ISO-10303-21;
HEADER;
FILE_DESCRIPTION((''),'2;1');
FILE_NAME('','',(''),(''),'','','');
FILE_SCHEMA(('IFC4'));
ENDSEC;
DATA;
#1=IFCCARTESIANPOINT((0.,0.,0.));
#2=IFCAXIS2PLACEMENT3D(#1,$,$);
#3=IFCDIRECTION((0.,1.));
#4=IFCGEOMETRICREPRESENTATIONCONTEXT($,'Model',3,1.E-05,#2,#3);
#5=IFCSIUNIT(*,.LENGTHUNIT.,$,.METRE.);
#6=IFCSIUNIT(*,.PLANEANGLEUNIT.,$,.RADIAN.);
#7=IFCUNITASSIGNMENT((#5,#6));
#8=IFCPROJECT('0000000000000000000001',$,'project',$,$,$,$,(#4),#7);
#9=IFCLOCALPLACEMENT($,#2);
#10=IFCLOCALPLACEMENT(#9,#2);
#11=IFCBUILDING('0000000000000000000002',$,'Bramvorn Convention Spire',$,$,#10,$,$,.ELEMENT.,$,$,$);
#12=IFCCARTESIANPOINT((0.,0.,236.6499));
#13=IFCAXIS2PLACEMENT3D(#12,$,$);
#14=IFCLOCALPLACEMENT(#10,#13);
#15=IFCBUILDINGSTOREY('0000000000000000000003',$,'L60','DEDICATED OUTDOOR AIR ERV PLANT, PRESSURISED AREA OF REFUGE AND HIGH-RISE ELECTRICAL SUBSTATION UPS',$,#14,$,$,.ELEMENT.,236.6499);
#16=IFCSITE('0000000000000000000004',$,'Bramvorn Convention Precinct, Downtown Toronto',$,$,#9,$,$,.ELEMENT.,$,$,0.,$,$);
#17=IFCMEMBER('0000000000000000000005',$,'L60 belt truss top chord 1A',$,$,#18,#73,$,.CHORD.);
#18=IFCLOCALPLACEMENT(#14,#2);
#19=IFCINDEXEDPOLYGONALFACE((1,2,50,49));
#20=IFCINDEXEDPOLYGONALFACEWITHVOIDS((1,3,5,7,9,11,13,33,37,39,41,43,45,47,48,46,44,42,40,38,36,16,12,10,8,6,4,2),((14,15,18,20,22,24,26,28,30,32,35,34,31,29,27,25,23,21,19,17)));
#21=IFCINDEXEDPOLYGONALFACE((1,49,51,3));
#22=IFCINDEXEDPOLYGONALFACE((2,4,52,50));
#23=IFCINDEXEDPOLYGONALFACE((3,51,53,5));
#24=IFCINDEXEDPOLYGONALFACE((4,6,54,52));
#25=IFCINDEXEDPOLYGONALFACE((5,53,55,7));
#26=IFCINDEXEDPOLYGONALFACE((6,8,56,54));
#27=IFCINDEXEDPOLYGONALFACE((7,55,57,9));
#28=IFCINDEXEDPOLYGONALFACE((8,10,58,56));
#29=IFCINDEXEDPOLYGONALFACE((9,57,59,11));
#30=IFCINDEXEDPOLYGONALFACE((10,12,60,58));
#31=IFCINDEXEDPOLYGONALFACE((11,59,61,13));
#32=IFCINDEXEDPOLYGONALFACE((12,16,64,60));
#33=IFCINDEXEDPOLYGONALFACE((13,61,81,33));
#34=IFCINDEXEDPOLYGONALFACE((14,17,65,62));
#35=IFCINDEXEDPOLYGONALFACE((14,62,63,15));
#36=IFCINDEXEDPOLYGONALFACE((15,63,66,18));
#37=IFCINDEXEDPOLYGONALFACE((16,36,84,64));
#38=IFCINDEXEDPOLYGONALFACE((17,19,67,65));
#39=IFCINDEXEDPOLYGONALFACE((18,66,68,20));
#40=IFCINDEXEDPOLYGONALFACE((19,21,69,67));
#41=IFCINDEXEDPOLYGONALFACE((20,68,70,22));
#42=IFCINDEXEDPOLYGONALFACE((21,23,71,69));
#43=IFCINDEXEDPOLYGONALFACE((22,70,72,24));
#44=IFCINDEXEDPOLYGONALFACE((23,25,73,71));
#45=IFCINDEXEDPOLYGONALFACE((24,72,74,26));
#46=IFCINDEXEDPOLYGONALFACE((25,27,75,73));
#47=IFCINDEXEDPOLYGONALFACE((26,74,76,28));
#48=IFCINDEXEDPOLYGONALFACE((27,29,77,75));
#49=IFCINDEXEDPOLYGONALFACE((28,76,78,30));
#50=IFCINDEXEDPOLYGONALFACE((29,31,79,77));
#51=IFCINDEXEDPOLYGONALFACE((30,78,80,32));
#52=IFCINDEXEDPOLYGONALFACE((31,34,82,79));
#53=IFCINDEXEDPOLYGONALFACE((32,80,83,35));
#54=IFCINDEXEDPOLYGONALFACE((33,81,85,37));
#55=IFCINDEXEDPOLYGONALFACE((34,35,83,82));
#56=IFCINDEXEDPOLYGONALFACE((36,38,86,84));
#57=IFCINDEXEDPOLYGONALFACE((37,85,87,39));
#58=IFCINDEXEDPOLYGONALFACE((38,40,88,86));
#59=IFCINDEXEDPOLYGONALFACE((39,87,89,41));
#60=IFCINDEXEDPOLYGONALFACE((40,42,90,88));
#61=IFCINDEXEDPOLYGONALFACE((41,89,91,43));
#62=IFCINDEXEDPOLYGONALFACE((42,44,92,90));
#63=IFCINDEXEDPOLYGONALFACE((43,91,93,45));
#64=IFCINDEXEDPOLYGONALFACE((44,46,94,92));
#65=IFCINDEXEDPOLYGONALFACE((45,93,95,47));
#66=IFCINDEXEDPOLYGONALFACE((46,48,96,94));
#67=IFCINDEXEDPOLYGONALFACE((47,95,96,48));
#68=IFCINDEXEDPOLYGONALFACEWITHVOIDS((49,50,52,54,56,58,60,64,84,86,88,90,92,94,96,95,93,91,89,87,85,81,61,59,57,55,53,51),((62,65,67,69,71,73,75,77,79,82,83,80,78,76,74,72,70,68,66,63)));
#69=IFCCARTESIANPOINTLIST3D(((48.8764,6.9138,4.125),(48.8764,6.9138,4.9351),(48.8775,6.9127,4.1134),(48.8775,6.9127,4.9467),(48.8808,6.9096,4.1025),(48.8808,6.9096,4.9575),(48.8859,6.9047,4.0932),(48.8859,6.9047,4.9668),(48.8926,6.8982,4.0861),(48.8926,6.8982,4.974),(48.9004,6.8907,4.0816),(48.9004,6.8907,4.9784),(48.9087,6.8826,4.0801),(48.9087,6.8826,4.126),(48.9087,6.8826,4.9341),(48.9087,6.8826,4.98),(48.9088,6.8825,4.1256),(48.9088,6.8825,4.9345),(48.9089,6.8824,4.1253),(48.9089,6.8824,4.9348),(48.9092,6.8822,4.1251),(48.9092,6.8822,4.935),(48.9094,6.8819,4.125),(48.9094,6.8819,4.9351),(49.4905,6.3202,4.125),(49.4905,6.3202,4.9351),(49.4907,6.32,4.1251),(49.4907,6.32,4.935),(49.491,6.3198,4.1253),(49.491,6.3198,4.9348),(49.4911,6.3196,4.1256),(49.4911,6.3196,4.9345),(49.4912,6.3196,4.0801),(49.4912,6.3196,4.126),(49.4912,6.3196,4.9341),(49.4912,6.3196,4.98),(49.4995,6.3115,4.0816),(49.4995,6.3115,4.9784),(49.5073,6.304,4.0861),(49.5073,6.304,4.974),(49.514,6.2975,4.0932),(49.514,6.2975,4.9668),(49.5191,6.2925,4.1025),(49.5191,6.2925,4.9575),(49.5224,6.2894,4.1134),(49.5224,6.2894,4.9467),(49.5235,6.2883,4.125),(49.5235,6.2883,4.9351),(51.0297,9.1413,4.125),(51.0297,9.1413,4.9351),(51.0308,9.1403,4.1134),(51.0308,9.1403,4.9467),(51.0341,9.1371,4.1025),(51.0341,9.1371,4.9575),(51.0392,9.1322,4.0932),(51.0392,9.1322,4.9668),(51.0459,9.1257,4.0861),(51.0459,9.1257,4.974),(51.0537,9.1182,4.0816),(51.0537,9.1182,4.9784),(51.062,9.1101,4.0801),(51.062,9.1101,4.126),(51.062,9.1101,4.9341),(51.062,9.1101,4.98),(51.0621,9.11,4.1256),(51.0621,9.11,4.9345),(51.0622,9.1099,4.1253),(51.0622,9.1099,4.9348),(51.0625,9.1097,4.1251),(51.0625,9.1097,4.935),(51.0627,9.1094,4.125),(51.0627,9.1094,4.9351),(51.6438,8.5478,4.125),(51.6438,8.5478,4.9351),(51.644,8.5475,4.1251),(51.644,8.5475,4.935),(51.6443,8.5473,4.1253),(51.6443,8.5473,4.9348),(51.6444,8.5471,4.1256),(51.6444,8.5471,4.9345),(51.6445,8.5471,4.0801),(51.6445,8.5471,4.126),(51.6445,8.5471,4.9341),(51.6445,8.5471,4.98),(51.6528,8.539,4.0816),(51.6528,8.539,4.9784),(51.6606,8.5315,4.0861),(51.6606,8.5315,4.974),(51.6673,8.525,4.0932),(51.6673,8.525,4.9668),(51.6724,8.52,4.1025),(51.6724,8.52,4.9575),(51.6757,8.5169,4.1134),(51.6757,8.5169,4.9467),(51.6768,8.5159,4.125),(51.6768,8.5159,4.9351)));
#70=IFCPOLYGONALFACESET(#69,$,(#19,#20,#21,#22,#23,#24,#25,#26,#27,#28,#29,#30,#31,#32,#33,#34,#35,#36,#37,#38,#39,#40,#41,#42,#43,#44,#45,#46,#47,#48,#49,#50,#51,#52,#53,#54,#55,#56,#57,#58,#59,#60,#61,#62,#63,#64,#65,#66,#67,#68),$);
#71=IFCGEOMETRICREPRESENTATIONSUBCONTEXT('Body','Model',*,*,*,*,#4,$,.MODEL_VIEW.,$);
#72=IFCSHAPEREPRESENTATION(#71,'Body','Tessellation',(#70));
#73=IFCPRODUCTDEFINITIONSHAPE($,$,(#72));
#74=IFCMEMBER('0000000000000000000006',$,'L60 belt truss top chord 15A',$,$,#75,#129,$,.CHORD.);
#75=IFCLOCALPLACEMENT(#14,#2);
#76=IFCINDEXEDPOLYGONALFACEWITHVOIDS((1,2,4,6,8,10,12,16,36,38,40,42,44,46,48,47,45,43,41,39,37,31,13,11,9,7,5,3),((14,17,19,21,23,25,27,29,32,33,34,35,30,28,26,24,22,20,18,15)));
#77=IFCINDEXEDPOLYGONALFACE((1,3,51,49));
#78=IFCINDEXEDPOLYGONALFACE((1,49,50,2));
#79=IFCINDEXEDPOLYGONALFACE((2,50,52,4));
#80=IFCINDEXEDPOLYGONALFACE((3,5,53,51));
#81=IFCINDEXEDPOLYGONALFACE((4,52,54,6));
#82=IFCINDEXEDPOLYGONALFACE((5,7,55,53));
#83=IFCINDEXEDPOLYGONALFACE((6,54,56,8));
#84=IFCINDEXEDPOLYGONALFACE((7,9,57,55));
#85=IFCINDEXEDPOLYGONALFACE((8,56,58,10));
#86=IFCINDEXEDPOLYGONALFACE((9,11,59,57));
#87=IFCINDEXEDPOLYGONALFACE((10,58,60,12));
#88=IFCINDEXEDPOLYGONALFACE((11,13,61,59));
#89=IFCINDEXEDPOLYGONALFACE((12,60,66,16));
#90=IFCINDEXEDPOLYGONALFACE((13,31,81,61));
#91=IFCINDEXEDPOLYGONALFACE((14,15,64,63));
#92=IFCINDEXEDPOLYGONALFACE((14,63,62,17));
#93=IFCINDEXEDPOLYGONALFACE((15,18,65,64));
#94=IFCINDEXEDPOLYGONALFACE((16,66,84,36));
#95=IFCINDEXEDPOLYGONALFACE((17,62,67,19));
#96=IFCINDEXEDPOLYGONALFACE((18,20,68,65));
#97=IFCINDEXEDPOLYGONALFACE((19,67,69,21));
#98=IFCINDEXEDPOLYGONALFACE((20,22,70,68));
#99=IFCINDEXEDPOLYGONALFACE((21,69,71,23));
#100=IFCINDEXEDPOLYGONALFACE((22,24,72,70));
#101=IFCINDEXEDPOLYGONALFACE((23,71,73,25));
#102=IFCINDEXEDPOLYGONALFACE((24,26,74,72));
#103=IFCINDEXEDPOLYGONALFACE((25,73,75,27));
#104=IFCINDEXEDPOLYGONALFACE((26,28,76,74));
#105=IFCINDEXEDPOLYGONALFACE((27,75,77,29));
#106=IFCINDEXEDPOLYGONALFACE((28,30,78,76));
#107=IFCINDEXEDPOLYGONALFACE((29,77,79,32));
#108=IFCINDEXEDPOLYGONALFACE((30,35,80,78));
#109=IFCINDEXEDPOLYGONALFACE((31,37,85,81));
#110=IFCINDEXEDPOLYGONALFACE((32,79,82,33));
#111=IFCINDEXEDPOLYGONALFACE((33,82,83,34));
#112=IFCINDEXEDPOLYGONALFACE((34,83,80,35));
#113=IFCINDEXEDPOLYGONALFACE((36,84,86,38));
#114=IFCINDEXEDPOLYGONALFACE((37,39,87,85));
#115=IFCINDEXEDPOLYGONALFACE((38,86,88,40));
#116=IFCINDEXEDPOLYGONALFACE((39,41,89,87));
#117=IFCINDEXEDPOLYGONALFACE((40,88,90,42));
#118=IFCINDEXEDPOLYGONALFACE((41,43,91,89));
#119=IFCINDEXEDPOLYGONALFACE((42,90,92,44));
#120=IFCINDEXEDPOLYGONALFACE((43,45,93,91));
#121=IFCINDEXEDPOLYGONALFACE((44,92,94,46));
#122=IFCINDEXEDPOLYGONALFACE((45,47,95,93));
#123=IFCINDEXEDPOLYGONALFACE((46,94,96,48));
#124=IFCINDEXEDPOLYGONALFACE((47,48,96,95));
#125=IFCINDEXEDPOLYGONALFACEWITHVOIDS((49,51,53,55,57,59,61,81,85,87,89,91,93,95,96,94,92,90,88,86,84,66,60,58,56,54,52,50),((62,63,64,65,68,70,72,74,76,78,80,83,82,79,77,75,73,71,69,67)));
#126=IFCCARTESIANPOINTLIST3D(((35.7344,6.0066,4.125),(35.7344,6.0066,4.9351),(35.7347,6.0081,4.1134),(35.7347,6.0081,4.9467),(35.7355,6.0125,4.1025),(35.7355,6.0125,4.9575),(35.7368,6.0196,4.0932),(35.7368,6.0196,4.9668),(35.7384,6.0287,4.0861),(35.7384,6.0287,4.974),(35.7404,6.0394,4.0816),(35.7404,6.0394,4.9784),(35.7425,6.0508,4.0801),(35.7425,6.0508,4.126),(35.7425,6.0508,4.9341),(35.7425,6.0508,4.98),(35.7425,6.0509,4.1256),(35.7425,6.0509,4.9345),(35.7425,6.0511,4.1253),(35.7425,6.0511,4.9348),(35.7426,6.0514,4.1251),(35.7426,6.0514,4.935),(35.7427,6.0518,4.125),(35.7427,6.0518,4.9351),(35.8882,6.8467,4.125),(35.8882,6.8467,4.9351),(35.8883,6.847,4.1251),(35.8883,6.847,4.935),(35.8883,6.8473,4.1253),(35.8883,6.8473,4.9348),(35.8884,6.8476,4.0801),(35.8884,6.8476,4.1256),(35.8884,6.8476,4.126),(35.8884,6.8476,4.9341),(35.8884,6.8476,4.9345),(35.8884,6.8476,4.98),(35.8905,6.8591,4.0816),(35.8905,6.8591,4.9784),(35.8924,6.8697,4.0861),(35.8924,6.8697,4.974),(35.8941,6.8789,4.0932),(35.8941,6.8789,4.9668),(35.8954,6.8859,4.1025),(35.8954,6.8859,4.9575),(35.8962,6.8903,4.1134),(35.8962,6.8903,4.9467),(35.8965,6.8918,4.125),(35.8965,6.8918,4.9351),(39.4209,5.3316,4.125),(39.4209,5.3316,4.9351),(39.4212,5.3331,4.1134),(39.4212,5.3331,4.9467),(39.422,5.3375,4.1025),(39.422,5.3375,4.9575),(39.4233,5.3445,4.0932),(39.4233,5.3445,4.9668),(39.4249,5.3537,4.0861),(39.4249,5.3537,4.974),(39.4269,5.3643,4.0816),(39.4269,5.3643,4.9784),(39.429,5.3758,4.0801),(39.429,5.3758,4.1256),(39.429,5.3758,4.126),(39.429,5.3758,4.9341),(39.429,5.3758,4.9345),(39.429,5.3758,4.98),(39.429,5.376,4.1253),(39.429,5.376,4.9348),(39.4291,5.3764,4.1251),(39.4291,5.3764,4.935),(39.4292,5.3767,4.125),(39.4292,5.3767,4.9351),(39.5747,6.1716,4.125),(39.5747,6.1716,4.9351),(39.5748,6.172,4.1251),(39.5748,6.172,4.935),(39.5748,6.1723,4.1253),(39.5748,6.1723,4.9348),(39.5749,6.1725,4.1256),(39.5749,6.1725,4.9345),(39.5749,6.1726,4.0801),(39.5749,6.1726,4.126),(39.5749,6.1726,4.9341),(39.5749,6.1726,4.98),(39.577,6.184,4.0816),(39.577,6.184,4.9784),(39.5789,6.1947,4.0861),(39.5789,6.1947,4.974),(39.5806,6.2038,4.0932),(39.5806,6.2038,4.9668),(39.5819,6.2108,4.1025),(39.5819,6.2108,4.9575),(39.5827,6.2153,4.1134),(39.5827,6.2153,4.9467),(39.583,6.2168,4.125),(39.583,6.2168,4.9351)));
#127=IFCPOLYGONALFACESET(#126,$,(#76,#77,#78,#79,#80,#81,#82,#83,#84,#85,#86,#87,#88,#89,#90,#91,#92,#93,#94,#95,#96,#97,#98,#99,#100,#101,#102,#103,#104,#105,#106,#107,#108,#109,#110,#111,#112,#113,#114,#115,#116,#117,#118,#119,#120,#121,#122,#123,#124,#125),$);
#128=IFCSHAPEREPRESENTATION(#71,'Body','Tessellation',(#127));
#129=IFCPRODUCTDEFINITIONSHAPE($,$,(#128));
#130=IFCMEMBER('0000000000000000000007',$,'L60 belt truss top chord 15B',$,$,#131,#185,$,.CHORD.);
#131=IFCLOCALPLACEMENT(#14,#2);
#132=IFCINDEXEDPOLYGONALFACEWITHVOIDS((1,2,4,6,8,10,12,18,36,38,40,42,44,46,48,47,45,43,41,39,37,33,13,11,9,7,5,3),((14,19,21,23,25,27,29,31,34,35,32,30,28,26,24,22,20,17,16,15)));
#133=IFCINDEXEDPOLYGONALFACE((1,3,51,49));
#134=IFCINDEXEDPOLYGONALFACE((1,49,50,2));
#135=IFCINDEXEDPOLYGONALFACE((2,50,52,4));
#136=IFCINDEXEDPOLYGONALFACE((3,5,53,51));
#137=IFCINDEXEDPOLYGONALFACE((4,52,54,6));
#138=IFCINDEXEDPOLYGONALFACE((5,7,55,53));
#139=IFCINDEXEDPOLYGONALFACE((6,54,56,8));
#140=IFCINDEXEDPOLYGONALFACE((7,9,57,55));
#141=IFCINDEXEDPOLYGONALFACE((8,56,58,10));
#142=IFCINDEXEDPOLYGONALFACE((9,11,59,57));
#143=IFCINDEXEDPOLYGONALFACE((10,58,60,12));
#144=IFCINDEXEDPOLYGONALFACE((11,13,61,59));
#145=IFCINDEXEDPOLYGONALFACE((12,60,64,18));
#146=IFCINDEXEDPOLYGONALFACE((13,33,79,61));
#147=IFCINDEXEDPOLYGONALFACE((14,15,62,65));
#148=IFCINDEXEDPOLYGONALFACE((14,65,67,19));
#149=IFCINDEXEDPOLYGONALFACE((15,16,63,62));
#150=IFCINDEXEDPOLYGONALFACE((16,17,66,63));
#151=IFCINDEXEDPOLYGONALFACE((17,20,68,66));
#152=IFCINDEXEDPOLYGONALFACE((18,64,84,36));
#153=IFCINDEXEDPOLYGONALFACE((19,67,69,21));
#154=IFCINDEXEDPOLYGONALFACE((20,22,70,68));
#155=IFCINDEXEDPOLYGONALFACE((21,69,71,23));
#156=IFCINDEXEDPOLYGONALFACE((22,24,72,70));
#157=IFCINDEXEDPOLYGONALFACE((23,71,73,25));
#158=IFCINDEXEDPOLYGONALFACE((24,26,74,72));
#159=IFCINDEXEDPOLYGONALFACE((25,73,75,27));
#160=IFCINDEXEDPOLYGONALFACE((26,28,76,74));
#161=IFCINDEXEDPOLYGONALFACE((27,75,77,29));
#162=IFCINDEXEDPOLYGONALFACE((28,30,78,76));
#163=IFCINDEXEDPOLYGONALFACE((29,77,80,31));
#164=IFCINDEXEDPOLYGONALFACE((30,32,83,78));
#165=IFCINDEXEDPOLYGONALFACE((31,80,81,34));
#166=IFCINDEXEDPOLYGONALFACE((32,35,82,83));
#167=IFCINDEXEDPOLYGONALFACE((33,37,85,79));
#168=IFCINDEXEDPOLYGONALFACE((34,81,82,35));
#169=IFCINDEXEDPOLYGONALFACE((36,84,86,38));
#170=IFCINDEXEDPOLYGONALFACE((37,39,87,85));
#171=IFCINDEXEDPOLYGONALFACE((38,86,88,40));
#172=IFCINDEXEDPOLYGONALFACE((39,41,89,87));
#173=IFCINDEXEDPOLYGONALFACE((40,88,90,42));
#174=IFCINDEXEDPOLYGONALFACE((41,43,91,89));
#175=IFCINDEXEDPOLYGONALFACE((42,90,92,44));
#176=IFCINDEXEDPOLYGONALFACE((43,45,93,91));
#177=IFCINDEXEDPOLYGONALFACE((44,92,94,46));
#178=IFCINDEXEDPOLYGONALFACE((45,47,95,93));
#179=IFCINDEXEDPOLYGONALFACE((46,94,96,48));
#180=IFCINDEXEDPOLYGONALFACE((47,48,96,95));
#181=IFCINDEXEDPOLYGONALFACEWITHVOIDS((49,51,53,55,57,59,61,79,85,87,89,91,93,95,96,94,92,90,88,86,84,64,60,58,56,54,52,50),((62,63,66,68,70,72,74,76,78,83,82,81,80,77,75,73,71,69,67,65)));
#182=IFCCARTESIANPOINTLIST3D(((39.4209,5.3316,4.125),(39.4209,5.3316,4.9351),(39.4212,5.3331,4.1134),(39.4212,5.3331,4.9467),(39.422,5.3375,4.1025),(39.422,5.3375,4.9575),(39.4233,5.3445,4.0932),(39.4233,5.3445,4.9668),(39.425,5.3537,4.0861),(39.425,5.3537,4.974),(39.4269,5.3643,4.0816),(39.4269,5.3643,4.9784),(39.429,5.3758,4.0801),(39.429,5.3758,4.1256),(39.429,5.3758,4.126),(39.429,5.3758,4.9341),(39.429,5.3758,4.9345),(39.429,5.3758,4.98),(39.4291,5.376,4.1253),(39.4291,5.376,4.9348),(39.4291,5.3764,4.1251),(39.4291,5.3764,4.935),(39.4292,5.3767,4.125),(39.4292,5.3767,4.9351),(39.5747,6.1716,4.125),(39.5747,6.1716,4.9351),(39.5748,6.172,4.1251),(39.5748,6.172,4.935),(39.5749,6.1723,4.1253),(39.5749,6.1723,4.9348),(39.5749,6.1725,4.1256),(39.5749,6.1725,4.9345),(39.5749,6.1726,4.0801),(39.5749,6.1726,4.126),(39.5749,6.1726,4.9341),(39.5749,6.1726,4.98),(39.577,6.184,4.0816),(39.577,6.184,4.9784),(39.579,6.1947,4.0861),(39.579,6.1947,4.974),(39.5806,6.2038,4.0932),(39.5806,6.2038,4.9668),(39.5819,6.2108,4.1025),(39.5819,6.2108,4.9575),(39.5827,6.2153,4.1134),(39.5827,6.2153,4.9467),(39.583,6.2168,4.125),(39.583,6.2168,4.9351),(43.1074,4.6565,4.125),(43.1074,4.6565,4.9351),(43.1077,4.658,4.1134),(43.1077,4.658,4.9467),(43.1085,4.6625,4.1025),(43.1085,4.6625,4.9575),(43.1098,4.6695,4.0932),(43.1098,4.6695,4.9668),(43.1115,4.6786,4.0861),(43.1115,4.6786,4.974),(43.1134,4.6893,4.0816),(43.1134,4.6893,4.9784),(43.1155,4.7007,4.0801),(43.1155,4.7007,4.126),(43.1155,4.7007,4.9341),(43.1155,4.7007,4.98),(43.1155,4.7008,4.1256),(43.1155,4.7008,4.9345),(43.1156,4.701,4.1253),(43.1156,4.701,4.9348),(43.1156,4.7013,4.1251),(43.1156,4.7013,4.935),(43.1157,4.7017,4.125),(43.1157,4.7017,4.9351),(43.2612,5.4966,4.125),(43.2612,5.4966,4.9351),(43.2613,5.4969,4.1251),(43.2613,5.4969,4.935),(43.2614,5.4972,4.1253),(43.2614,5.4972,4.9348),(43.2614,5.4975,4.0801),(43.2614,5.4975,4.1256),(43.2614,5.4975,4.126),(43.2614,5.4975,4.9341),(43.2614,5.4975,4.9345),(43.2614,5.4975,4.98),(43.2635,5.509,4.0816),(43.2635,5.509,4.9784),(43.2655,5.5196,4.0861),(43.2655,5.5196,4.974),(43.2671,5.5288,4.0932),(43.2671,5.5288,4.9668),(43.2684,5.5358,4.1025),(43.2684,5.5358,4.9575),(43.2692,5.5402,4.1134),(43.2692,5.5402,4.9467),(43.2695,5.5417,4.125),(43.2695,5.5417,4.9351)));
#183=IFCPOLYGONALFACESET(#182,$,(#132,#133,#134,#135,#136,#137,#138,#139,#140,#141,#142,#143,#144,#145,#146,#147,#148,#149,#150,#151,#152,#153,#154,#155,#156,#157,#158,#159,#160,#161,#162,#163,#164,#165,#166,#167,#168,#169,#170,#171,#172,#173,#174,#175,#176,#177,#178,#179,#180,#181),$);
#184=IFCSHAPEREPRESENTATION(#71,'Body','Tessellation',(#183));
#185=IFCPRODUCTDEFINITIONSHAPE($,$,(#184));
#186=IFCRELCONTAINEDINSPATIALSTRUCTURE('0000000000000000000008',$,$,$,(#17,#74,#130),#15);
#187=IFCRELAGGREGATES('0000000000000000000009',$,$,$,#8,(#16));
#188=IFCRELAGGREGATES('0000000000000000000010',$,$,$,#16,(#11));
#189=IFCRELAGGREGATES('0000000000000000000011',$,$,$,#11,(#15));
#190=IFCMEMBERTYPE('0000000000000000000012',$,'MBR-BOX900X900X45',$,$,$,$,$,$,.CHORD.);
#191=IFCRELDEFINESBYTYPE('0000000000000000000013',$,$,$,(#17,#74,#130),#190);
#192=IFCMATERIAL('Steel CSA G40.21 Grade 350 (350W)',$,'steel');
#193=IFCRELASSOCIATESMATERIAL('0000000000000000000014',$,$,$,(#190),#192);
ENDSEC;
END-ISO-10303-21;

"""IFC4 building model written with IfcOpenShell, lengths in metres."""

from ifc_helpers import new_model, si_unit, direction, frame, origin, origin_2d, place, context, subcontext, project, spatial, hollow_rectangle, extrude, material, material_profile, profile_set, type_object, element, save


model = new_model("IFC4")

# Units and contexts
model_context = context("Model", 3, precision=1e-05, world=origin(), true_north=direction((0.0, 1.0)))
body_context = subcontext(model_context, "Body", "Model", "MODEL_VIEW")
ifc_project = project(units=[si_unit("LENGTHUNIT", "METRE"), si_unit("PLANEANGLEUNIT", "RADIAN")], contexts=[model_context])

# Site, building, storey
site_placement = place(None, origin())
site = spatial("IfcSite", under=ifc_project, at=site_placement, Name="Bramvorn Convention Precinct, Downtown Toronto", CompositionType="ELEMENT", RefElevation=0.0)
building_placement = place(site_placement, origin())
building = spatial("IfcBuilding", under=site, at=building_placement, Name="Bramvorn Convention Spire", CompositionType="ELEMENT")
storey_placement = place(building_placement, frame((0.0, 0.0, 236.6499)))
storey = spatial("IfcBuildingStorey", under=building, at=storey_placement, Name="L60", Description="DEDICATED OUTDOOR AIR ERV PLANT, PRESSURISED AREA OF REFUGE AND HIGH-RISE ELECTRICAL SUBSTATION UPS", CompositionType="ELEMENT", Elevation=236.6499)

# Shared definitions
ifc_material_1 = material(Name="Steel CSA G40.21 Grade 350 (350W)", Category="steel")

# Members
ifc_material_profile_1 = material_profile(ifc_material_1, hollow_rectangle(XDim=0.8999, YDim=0.8999, WallThickness=0.0449, InnerFilletRadius=0.001, OuterFilletRadius=0.0449, at=origin_2d()))
ifc_profile_set_1 = profile_set([ifc_material_profile_1], Name="Steel CSA G40.21 Grade 350 (350W) - BOX900X900X45")
member_type_1 = type_object("IfcMemberType", Name="MBR-BOX900X900X45", PredefinedType="CHORD", material=ifc_profile_set_1)
member_1_placement = place(storey_placement, frame((49.2, 6.6011, 4.53), z_axis=(0.695028, 0.718983, 0.0), x_axis=(-0.718983, 0.695028, 0.0)))
element("IfcMember", 1, at=member_1_placement, inside=storey, type_object=member_type_1, Name="L60 belt truss top chord 1A", PredefinedType="CHORD", context=body_context, shape_type="SweptSolid", body=[
    extrude(hollow_rectangle(XDim=0.8999, YDim=0.8999, WallThickness=0.0449, InnerFilletRadius=0.001, OuterFilletRadius=0.0449, at=origin_2d()), origin(), (0.0, 0.0, 1.0), 3.0981),
])
for number, where, z_axis, x_axis, name in (
    (2, (35.8154, 6.4492, 4.53), (0.983645, -0.180118, 0.0), (0.180118, 0.983645, 0.0), "L60 belt truss top chord 15A"),
    (3, (39.502, 5.7742, 4.53), (0.983645, -0.180118, 0.0), (0.180118, 0.983645, 0.0), "L60 belt truss top chord 15B"),
):
    element("IfcMember", number, at=place(storey_placement, frame(where, z_axis=z_axis, x_axis=x_axis)), inside=storey, type_object=member_type_1, Name=name, PredefinedType="CHORD", context=body_context, shape_type="SweptSolid", body=[
        extrude(hollow_rectangle(XDim=0.8999, YDim=0.8999, WallThickness=0.0449, InnerFilletRadius=0.001, OuterFilletRadius=0.0449, at=origin_2d()), origin(), (0.0, 0.0, 1.0), 3.7478),
    ])

save(model, "model.ifc")
